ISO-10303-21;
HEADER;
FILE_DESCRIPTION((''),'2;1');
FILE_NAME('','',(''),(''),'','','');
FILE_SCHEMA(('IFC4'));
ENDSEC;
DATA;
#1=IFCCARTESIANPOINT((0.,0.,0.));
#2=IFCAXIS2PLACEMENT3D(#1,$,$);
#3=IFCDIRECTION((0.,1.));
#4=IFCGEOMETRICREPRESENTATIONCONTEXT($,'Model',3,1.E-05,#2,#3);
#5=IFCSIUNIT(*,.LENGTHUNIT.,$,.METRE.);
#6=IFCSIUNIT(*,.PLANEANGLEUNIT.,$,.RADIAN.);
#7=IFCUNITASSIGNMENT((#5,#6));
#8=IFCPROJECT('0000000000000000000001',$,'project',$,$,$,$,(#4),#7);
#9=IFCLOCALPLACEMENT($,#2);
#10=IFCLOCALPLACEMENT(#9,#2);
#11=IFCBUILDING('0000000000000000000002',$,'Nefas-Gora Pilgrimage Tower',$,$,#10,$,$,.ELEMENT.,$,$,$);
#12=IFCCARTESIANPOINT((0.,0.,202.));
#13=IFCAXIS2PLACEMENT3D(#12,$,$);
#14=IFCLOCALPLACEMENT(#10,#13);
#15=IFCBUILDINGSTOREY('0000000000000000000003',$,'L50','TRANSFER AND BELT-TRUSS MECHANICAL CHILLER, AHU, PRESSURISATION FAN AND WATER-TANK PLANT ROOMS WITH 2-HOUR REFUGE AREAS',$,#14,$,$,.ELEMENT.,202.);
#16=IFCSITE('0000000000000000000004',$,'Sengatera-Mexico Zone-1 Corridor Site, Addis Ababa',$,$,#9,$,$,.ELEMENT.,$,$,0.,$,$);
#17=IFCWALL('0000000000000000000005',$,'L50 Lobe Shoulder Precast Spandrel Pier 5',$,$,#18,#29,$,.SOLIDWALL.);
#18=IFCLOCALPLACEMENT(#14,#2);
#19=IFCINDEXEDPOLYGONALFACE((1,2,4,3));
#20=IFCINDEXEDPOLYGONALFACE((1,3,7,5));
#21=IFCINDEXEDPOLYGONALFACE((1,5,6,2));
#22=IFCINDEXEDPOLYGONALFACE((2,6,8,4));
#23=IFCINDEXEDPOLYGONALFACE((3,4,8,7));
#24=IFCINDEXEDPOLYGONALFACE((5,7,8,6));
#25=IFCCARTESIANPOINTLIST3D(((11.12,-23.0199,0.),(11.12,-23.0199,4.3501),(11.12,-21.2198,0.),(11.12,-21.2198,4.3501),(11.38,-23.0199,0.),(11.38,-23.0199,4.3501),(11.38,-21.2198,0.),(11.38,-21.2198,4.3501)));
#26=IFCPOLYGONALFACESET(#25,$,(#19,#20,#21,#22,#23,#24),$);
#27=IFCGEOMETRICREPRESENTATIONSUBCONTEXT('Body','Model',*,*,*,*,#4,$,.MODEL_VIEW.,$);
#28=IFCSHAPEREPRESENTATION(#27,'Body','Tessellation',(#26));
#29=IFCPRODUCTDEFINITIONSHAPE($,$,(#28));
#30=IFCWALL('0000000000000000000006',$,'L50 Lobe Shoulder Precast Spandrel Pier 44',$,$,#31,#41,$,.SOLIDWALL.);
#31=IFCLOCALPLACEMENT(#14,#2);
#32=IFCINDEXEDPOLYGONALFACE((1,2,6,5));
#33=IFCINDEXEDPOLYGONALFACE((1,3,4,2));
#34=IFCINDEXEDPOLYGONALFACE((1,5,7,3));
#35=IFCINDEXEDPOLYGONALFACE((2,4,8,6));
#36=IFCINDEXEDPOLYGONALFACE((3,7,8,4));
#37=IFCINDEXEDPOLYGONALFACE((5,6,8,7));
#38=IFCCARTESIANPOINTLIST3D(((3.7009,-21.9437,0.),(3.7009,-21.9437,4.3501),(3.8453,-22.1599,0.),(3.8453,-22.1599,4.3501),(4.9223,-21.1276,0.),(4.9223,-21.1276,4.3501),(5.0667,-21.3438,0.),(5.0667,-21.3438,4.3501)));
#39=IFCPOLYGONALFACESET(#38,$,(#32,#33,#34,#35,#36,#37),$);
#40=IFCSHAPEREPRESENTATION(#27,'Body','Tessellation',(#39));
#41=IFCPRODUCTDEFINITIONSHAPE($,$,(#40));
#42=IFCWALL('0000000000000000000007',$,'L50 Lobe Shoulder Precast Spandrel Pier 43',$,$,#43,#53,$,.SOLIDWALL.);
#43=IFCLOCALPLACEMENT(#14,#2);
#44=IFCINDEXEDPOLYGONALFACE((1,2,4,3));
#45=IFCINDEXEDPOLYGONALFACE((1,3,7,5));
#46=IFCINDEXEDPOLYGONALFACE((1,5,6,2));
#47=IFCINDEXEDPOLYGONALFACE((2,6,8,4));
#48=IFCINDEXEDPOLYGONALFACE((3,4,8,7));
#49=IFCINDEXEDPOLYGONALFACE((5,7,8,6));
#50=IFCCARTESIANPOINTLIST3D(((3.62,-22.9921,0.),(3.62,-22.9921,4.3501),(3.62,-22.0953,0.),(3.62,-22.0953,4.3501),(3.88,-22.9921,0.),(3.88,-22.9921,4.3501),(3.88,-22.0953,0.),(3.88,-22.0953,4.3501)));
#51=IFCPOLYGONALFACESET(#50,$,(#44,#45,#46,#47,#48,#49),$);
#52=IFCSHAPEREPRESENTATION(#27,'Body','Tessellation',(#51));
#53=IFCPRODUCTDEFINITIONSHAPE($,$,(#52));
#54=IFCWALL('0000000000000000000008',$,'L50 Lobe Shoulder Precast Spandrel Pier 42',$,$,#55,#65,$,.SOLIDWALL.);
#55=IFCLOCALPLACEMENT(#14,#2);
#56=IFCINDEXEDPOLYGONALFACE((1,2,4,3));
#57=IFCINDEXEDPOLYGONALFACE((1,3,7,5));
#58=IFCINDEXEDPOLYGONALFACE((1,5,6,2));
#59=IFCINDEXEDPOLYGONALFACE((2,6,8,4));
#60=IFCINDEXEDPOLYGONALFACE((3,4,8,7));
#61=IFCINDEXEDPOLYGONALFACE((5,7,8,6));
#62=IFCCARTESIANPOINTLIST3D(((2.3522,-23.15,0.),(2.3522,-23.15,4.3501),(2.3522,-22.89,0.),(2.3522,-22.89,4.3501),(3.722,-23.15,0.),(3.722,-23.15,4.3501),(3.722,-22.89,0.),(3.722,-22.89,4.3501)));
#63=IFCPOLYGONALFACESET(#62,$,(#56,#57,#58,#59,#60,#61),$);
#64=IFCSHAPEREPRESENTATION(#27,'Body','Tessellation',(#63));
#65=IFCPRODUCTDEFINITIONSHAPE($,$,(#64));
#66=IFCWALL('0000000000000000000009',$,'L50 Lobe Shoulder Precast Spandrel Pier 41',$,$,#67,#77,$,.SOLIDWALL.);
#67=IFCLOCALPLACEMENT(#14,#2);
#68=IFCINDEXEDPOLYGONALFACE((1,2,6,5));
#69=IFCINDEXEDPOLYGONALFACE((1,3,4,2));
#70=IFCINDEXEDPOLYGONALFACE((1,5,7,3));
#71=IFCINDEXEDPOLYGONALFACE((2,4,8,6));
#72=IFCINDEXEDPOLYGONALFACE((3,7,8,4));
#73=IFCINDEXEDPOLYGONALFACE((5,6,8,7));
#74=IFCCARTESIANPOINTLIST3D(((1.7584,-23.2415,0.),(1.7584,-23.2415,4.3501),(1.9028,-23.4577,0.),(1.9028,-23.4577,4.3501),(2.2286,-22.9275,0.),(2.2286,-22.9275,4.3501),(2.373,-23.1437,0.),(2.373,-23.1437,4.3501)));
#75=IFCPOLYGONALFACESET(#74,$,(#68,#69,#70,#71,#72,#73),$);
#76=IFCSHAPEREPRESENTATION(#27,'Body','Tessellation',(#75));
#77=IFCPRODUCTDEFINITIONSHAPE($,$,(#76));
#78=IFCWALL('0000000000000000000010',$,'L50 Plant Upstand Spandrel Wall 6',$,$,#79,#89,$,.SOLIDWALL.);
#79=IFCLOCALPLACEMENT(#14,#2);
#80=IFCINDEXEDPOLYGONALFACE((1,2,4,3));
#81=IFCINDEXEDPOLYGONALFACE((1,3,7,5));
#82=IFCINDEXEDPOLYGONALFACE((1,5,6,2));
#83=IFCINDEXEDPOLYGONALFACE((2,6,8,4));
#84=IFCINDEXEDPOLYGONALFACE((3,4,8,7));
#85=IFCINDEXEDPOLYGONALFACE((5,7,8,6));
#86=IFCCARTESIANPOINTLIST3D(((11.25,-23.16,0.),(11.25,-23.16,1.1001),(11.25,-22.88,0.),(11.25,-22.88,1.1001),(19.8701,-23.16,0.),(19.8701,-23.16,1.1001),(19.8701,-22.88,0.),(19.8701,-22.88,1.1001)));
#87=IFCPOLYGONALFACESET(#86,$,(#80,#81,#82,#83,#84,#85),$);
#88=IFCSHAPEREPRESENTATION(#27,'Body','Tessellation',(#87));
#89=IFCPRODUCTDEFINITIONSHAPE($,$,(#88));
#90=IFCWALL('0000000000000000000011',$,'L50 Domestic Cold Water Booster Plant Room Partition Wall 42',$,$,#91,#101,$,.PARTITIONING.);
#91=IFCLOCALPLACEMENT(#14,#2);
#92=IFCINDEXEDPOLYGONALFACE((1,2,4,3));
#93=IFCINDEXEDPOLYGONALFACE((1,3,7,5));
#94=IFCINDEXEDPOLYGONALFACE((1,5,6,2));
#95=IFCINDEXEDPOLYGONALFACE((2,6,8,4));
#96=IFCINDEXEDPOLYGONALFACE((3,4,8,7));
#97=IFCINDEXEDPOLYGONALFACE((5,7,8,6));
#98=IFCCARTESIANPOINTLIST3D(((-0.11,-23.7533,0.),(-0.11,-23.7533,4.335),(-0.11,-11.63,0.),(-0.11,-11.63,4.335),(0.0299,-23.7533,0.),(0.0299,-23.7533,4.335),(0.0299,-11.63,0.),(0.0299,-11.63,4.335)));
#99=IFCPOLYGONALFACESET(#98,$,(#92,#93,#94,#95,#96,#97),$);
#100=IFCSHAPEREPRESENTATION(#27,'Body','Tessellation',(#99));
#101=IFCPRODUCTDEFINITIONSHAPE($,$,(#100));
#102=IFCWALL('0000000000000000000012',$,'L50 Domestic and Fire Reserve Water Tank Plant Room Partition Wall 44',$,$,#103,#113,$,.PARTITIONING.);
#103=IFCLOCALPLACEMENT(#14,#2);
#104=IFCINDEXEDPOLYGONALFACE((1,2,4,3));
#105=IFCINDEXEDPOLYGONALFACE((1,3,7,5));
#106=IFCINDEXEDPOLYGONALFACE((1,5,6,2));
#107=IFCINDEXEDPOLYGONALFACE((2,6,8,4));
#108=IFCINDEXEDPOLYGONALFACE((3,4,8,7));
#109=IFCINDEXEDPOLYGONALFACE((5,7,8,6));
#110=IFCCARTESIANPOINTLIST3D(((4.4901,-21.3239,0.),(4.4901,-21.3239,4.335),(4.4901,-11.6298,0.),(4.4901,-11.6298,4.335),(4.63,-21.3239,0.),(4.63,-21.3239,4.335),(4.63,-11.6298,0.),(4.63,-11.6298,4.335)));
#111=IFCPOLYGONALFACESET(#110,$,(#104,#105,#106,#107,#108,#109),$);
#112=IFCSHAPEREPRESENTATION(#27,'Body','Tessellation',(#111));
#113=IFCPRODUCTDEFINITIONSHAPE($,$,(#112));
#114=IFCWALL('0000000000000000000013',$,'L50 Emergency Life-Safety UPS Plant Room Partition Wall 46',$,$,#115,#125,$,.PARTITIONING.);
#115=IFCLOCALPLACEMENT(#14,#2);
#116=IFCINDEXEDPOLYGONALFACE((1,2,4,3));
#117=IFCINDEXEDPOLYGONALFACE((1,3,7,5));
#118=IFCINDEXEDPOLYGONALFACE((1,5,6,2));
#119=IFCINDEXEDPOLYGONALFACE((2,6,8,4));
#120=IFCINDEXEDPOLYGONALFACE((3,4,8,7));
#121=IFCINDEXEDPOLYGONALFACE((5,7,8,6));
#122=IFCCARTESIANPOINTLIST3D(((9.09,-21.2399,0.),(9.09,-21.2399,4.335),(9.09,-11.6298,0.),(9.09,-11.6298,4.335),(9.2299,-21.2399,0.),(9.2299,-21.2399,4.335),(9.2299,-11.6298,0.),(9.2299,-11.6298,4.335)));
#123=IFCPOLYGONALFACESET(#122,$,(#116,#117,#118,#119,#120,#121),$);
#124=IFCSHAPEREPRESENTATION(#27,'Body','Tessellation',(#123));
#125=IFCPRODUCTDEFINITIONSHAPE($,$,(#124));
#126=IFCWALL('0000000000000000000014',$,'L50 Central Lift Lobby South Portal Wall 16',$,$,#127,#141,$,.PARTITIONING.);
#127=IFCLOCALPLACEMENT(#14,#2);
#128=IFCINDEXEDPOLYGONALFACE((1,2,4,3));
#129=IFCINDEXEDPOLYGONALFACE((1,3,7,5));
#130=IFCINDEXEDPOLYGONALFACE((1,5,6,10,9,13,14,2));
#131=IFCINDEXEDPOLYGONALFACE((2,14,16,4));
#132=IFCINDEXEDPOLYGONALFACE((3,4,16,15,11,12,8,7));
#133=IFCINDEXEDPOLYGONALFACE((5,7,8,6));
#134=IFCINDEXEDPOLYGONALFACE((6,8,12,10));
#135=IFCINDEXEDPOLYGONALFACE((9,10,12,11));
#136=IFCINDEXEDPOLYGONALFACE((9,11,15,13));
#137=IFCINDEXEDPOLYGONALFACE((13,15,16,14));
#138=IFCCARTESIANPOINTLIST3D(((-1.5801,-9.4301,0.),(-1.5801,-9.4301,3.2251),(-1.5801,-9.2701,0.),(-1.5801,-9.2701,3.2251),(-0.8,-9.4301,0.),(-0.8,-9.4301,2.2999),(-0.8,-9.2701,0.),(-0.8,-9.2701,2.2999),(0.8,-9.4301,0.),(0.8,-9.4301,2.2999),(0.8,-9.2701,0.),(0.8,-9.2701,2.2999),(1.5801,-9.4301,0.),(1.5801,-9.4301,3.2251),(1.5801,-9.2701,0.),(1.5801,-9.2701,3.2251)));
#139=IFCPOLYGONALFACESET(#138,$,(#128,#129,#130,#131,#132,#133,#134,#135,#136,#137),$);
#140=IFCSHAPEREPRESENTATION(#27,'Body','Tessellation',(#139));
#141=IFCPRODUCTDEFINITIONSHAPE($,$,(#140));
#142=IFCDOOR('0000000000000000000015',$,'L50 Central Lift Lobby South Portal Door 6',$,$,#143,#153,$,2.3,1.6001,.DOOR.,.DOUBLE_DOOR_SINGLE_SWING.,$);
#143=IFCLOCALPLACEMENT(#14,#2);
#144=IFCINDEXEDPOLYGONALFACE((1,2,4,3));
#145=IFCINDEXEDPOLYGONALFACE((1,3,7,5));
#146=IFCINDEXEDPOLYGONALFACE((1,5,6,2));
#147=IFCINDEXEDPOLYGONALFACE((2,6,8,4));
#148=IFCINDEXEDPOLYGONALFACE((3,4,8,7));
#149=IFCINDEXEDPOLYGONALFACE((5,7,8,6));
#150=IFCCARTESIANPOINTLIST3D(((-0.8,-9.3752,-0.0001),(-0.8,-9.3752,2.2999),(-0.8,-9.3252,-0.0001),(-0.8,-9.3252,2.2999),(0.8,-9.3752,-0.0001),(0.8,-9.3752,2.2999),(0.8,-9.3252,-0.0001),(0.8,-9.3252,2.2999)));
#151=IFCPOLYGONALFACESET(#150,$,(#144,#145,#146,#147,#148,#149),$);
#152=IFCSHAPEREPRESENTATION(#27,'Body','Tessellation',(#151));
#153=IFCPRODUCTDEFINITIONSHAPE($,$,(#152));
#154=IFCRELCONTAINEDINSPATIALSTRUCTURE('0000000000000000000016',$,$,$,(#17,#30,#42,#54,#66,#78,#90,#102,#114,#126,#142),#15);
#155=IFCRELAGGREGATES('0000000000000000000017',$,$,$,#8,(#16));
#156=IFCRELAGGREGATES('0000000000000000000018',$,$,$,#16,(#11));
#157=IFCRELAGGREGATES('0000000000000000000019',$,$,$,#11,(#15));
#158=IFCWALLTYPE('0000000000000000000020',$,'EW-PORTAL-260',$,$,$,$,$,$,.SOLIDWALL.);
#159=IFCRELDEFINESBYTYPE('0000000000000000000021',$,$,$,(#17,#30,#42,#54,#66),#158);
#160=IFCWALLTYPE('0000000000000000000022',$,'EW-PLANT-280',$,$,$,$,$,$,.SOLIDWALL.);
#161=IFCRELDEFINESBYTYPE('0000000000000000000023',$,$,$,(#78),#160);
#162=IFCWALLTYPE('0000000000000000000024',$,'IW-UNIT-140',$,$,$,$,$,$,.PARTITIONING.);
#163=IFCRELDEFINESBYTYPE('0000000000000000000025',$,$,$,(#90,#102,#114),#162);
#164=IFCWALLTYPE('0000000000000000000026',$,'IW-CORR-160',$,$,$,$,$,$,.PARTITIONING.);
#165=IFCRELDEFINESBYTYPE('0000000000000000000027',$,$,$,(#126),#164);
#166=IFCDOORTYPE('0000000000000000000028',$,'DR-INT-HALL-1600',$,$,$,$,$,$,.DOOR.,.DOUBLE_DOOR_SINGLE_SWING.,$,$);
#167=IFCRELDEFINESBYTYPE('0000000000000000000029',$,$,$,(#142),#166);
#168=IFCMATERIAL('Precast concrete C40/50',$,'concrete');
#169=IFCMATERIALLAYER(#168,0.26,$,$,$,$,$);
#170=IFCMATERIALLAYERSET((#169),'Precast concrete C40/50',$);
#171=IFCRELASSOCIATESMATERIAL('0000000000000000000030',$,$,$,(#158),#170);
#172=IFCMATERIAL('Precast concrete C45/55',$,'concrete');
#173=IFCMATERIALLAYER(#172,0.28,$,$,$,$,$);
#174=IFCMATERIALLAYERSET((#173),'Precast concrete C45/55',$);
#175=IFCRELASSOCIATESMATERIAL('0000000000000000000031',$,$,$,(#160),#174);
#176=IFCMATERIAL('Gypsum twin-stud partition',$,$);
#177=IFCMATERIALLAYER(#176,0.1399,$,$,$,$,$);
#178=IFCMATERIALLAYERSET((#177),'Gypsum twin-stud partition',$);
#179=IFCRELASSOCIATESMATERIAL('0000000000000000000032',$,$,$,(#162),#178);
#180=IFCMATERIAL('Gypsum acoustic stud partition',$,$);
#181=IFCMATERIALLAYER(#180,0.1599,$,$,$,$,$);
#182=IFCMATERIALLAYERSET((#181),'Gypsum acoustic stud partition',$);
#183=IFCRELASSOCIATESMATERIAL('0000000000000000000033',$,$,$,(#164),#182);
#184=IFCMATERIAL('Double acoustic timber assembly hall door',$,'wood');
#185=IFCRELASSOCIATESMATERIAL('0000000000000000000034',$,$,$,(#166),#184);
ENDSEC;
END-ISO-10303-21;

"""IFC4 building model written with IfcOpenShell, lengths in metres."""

from ifc_helpers import new_model, si_unit, direction, frame, frame_2d, origin, place, context, subcontext, project, spatial, rectangle, extrude, source, transform, mapped, material, layer, layer_set, type_object, element, fill, save


model = new_model("IFC4")

# Units and contexts
model_context = context("Model", 3, precision=1e-05, world=origin(), true_north=direction((0.0, 1.0)))
body_context = subcontext(model_context, "Body", "Model", "MODEL_VIEW")
ifc_project = project(units=[si_unit("LENGTHUNIT", "METRE"), si_unit("PLANEANGLEUNIT", "RADIAN")], contexts=[model_context])

# Site, building, storey
site_placement = place(None, origin())
site = spatial("IfcSite", under=ifc_project, at=site_placement, Name="Sengatera-Mexico Zone-1 Corridor Site, Addis Ababa", CompositionType="ELEMENT", RefElevation=0.0)
building_placement = place(site_placement, origin())
building = spatial("IfcBuilding", under=site, at=building_placement, Name="Nefas-Gora Pilgrimage Tower", CompositionType="ELEMENT")
storey_placement = place(building_placement, frame((0.0, 0.0, 202.0)))
storey = spatial("IfcBuildingStorey", under=building, at=storey_placement, Name="L50", Description="TRANSFER AND BELT-TRUSS MECHANICAL CHILLER, AHU, PRESSURISATION FAN AND WATER-TANK PLANT ROOMS WITH 2-HOUR REFUGE AREAS", CompositionType="ELEMENT", Elevation=202.0)

# Walls
ifc_material_1 = material(Name="Precast concrete C40/50", Category="concrete")
ifc_layer_1 = layer(ifc_material_1, 0.26)
ifc_layer_set_1 = layer_set([ifc_layer_1], Name="Precast concrete C40/50")
wall_type_1 = type_object("IfcWallType", Name="EW-PORTAL-260", PredefinedType="SOLIDWALL", material=ifc_layer_set_1)
shared_shape_1 = source(origin(), body_context, "Body", "SweptSolid", [
    extrude(rectangle(XDim=1.8, YDim=0.26, at=frame_2d((0.8999, 0.0))), origin(), (0.0, 0.0, 1.0), 4.3501),
])
wall_1_placement = place(storey_placement, frame((11.25, -21.22, 0.0), z_axis=(0.0, 0.0, 1.0), x_axis=(0.0, -1.0, 0.0)))
element("IfcWall", 1, at=wall_1_placement, inside=storey, type_object=wall_type_1, Name="L50 Lobe Shoulder Precast Spandrel Pier 5", PredefinedType="SOLIDWALL", context=body_context, shape_type="MappedRepresentation", body=[
    mapped(shared_shape_1, transform((0.0, 0.0, 0.0), x_axis=(1.0, 0.0, 0.0), y_axis=(0.0, 1.0, 0.0), z_axis=(0.0, 0.0, 1.0), scale=1.0)),
])
shared_shape_2 = source(origin(), body_context, "Body", "SweptSolid", [
    extrude(rectangle(XDim=1.469, YDim=0.26, at=frame_2d((0.7344, 0.0))), origin(), (0.0, 0.0, 1.0), 4.3501),
])
wall_2_placement = place(storey_placement, frame((3.7732, -22.0518, 0.0), z_axis=(0.0, 0.0, 1.0), x_axis=(0.831462, 0.555582, 0.0)))
element("IfcWall", 2, at=wall_2_placement, inside=storey, type_object=wall_type_1, Name="L50 Lobe Shoulder Precast Spandrel Pier 44", PredefinedType="SOLIDWALL", context=body_context, shape_type="MappedRepresentation", body=[
    mapped(shared_shape_2, transform((0.0, 0.0, 0.0), x_axis=(1.0, 0.0, 0.0), y_axis=(0.0, 1.0, 0.0), z_axis=(0.0, 0.0, 1.0), scale=1.0)),
])
shared_shape_3 = source(origin(), body_context, "Body", "SweptSolid", [
    extrude(rectangle(XDim=0.8967, YDim=0.26, at=frame_2d((0.4482, 0.0))), origin(), (0.0, 0.0, 1.0), 4.3501),
])
wall_3_placement = place(storey_placement, frame((3.75, -22.9919, 0.0), z_axis=(0.0, 0.0, 1.0), x_axis=(0.0, 1.0, 0.0)))
element("IfcWall", 3, at=wall_3_placement, inside=storey, type_object=wall_type_1, Name="L50 Lobe Shoulder Precast Spandrel Pier 43", PredefinedType="SOLIDWALL", context=body_context, shape_type="MappedRepresentation", body=[
    mapped(shared_shape_3, transform((0.0, 0.0, 0.0), x_axis=(1.0, 0.0, 0.0), y_axis=(0.0, 1.0, 0.0), z_axis=(0.0, 0.0, 1.0), scale=1.0)),
])
shared_shape_4 = source(origin(), body_context, "Body", "SweptSolid", [
    extrude(rectangle(XDim=1.3699, YDim=0.26, at=frame_2d((0.6851, 0.0))), origin(), (0.0, 0.0, 1.0), 4.3501),
])
wall_4_placement = place(storey_placement, frame((2.3521, -23.02, 0.0), z_axis=(0.0, 0.0, 1.0), x_axis=(1.0, 0.0, 0.0)))
element("IfcWall", 4, at=wall_4_placement, inside=storey, type_object=wall_type_1, Name="L50 Lobe Shoulder Precast Spandrel Pier 42", PredefinedType="SOLIDWALL", context=body_context, shape_type="MappedRepresentation", body=[
    mapped(shared_shape_4, transform((0.0, 0.0, 0.0), x_axis=(1.0, 0.0, 0.0), y_axis=(0.0, 1.0, 0.0), z_axis=(0.0, 0.0, 1.0), scale=1.0)),
])
shared_shape_5 = source(origin(), body_context, "Body", "SweptSolid", [
    extrude(rectangle(XDim=0.5654, YDim=0.26, at=frame_2d((0.2827, 0.0))), origin(), (0.0, 0.0, 1.0), 4.3501),
])
wall_5_placement = place(storey_placement, frame((1.8306, -23.3496, 0.0), z_axis=(0.0, 0.0, 1.0), x_axis=(0.831651, 0.555298, 0.0)))
element("IfcWall", 5, at=wall_5_placement, inside=storey, type_object=wall_type_1, Name="L50 Lobe Shoulder Precast Spandrel Pier 41", PredefinedType="SOLIDWALL", context=body_context, shape_type="MappedRepresentation", body=[
    mapped(shared_shape_5, transform((0.0, 0.0, 0.0), x_axis=(1.0, 0.0, 0.0), y_axis=(0.0, 1.0, 0.0), z_axis=(0.0, 0.0, 1.0), scale=1.0)),
])
ifc_material_2 = material(Name="Precast concrete C45/55", Category="concrete")
ifc_layer_2 = layer(ifc_material_2, 0.28)
ifc_layer_set_2 = layer_set([ifc_layer_2], Name="Precast concrete C45/55")
wall_type_2 = type_object("IfcWallType", Name="EW-PLANT-280", PredefinedType="SOLIDWALL", material=ifc_layer_set_2)
shared_shape_6 = source(origin(), body_context, "Body", "SweptSolid", [
    extrude(rectangle(XDim=8.6201, YDim=0.28, at=frame_2d((4.3101, 0.0))), origin(), (0.0, 0.0, 1.0), 1.1001),
])
wall_6_placement = place(storey_placement, frame((11.25, -23.02, 0.0), z_axis=(0.0, 0.0, 1.0), x_axis=(1.0, 0.0, 0.0)))
element("IfcWall", 6, at=wall_6_placement, inside=storey, type_object=wall_type_2, Name="L50 Plant Upstand Spandrel Wall 6", PredefinedType="SOLIDWALL", context=body_context, shape_type="MappedRepresentation", body=[
    mapped(shared_shape_6, transform((0.0, 0.0, 0.0), x_axis=(1.0, 0.0, 0.0), y_axis=(0.0, 1.0, 0.0), z_axis=(0.0, 0.0, 1.0), scale=1.0)),
])

# Walls
ifc_material_3 = material(Name="Gypsum twin-stud partition")
ifc_layer_3 = layer(ifc_material_3, 0.1399)
ifc_layer_set_3 = layer_set([ifc_layer_3], Name="Gypsum twin-stud partition")
wall_type_3 = type_object("IfcWallType", Name="IW-UNIT-140", PredefinedType="PARTITIONING", material=ifc_layer_set_3)
shared_shape_7 = source(origin(), body_context, "Body", "SweptSolid", [
    extrude(rectangle(XDim=12.1233, YDim=0.1399, at=frame_2d((6.0615, 0.0))), origin(), (0.0, 0.0, 1.0), 4.335),
])
wall_7_placement = place(storey_placement, frame((-0.04, -23.7532, 0.0), z_axis=(0.0, 0.0, 1.0), x_axis=(0.0, 1.0, 0.0)))
element("IfcWall", 7, at=wall_7_placement, inside=storey, type_object=wall_type_3, Name="L50 Domestic Cold Water Booster Plant Room Partition Wall 42", PredefinedType="PARTITIONING", context=body_context, shape_type="MappedRepresentation", body=[
    mapped(shared_shape_7, transform((0.0, 0.0, 0.0), x_axis=(1.0, 0.0, 0.0), y_axis=(0.0, 1.0, 0.0), z_axis=(0.0, 0.0, 1.0), scale=1.0)),
])
shared_shape_8 = source(origin(), body_context, "Body", "SweptSolid", [
    extrude(rectangle(XDim=9.6941, YDim=0.1399, at=frame_2d((4.8472, 0.0))), origin(), (0.0, 0.0, 1.0), 4.335),
])
wall_8_placement = place(storey_placement, frame((4.5601, -21.324, 0.0), z_axis=(0.0, 0.0, 1.0), x_axis=(0.0, 1.0, 0.0)))
element("IfcWall", 8, at=wall_8_placement, inside=storey, type_object=wall_type_3, Name="L50 Domestic and Fire Reserve Water Tank Plant Room Partition Wall 44", PredefinedType="PARTITIONING", context=body_context, shape_type="MappedRepresentation", body=[
    mapped(shared_shape_8, transform((0.0, 0.0, 0.0), x_axis=(1.0, 0.0, 0.0), y_axis=(0.0, 1.0, 0.0), z_axis=(0.0, 0.0, 1.0), scale=1.0)),
])
shared_shape_9 = source(origin(), body_context, "Body", "SweptSolid", [
    extrude(rectangle(XDim=9.6101, YDim=0.1399, at=frame_2d((4.8052, 0.0))), origin(), (0.0, 0.0, 1.0), 4.335),
])
wall_9_placement = place(storey_placement, frame((9.1599, -21.24, 0.0), z_axis=(0.0, 0.0, 1.0), x_axis=(0.0, 1.0, 0.0)))
element("IfcWall", 9, at=wall_9_placement, inside=storey, type_object=wall_type_3, Name="L50 Emergency Life-Safety UPS Plant Room Partition Wall 46", PredefinedType="PARTITIONING", context=body_context, shape_type="MappedRepresentation", body=[
    mapped(shared_shape_9, transform((0.0, 0.0, 0.0), x_axis=(1.0, 0.0, 0.0), y_axis=(0.0, 1.0, 0.0), z_axis=(0.0, 0.0, 1.0), scale=1.0)),
])

# Wall, opening, door
ifc_material_4 = material(Name="Gypsum acoustic stud partition")
ifc_layer_4 = layer(ifc_material_4, 0.1599)
ifc_layer_set_4 = layer_set([ifc_layer_4], Name="Gypsum acoustic stud partition")
wall_type_4 = type_object("IfcWallType", Name="IW-CORR-160", PredefinedType="PARTITIONING", material=ifc_layer_set_4)
shared_shape_10 = source(origin(), body_context, "Body", "SweptSolid", [
    extrude(rectangle(XDim=3.1602, YDim=0.1599, at=frame_2d((1.5801, 0.0))), origin(), (0.0, 0.0, 1.0), 3.2251),
])
wall_10_placement = place(storey_placement, frame((-1.5801, -9.3501, 0.0), z_axis=(0.0, 0.0, 1.0), x_axis=(1.0, 0.0, 0.0)))
wall_10 = element("IfcWall", 10, at=wall_10_placement, inside=storey, type_object=wall_type_4, Name="L50 Central Lift Lobby South Portal Wall 16", PredefinedType="PARTITIONING", context=body_context, shape_type="MappedRepresentation", body=[
    mapped(shared_shape_10, transform((0.0, 0.0, 0.0), x_axis=(1.0, 0.0, 0.0), y_axis=(0.0, 1.0, 0.0), z_axis=(0.0, 0.0, 1.0), scale=1.0)),
])
opening_1_placement = place(wall_10_placement, frame((0.78, 0.0, 0.0)))
opening_1 = element("IfcOpeningElement", 11, at=opening_1_placement, cuts=wall_10, PredefinedType="OPENING", context=body_context, shape_type="SweptSolid", body=[
    extrude(rectangle(XDim=1.6001, YDim=2.3, at=frame_2d((0.8, 1.1499))), frame((0.0, 0.0898, 0.0), z_axis=(0.0, -1.0, 0.0), x_axis=(1.0, 0.0, 0.0)), (0.0, 0.0, 1.0), 0.1799),
])
ifc_material_5 = material(Name="Double acoustic timber assembly hall door", Category="wood")
door_type_1 = type_object("IfcDoorType", Name="DR-INT-HALL-1600", OperationType="DOUBLE_DOOR_SINGLE_SWING", PredefinedType="DOOR", material=ifc_material_5)
shared_shape_11 = source(origin(), body_context, "Body", "SweptSolid", [
    extrude(rectangle(XDim=1.6001, YDim=2.3, at=frame_2d((0.8, 1.1499))), frame((0.0, 0.0249, 0.0), z_axis=(0.0, -1.0, 0.0), x_axis=(1.0, 0.0, 0.0)), (0.0, 0.0, 1.0), 0.05),
])
door_1_placement = place(opening_1_placement, origin())
door_1 = element("IfcDoor", 12, at=door_1_placement, inside=storey, type_object=door_type_1, Name="L50 Central Lift Lobby South Portal Door 6", OperationType="DOUBLE_DOOR_SINGLE_SWING", OverallHeight=2.3, OverallWidth=1.6001, PredefinedType="DOOR", context=body_context, shape_type="MappedRepresentation", body=[
    mapped(shared_shape_11, transform((0.0, 0.0, 0.0), x_axis=(1.0, 0.0, 0.0), y_axis=(0.0, 1.0, 0.0), z_axis=(0.0, 0.0, 1.0), scale=1.0)),
])
fill(opening_1, door_1)

save(model, "model.ifc")
